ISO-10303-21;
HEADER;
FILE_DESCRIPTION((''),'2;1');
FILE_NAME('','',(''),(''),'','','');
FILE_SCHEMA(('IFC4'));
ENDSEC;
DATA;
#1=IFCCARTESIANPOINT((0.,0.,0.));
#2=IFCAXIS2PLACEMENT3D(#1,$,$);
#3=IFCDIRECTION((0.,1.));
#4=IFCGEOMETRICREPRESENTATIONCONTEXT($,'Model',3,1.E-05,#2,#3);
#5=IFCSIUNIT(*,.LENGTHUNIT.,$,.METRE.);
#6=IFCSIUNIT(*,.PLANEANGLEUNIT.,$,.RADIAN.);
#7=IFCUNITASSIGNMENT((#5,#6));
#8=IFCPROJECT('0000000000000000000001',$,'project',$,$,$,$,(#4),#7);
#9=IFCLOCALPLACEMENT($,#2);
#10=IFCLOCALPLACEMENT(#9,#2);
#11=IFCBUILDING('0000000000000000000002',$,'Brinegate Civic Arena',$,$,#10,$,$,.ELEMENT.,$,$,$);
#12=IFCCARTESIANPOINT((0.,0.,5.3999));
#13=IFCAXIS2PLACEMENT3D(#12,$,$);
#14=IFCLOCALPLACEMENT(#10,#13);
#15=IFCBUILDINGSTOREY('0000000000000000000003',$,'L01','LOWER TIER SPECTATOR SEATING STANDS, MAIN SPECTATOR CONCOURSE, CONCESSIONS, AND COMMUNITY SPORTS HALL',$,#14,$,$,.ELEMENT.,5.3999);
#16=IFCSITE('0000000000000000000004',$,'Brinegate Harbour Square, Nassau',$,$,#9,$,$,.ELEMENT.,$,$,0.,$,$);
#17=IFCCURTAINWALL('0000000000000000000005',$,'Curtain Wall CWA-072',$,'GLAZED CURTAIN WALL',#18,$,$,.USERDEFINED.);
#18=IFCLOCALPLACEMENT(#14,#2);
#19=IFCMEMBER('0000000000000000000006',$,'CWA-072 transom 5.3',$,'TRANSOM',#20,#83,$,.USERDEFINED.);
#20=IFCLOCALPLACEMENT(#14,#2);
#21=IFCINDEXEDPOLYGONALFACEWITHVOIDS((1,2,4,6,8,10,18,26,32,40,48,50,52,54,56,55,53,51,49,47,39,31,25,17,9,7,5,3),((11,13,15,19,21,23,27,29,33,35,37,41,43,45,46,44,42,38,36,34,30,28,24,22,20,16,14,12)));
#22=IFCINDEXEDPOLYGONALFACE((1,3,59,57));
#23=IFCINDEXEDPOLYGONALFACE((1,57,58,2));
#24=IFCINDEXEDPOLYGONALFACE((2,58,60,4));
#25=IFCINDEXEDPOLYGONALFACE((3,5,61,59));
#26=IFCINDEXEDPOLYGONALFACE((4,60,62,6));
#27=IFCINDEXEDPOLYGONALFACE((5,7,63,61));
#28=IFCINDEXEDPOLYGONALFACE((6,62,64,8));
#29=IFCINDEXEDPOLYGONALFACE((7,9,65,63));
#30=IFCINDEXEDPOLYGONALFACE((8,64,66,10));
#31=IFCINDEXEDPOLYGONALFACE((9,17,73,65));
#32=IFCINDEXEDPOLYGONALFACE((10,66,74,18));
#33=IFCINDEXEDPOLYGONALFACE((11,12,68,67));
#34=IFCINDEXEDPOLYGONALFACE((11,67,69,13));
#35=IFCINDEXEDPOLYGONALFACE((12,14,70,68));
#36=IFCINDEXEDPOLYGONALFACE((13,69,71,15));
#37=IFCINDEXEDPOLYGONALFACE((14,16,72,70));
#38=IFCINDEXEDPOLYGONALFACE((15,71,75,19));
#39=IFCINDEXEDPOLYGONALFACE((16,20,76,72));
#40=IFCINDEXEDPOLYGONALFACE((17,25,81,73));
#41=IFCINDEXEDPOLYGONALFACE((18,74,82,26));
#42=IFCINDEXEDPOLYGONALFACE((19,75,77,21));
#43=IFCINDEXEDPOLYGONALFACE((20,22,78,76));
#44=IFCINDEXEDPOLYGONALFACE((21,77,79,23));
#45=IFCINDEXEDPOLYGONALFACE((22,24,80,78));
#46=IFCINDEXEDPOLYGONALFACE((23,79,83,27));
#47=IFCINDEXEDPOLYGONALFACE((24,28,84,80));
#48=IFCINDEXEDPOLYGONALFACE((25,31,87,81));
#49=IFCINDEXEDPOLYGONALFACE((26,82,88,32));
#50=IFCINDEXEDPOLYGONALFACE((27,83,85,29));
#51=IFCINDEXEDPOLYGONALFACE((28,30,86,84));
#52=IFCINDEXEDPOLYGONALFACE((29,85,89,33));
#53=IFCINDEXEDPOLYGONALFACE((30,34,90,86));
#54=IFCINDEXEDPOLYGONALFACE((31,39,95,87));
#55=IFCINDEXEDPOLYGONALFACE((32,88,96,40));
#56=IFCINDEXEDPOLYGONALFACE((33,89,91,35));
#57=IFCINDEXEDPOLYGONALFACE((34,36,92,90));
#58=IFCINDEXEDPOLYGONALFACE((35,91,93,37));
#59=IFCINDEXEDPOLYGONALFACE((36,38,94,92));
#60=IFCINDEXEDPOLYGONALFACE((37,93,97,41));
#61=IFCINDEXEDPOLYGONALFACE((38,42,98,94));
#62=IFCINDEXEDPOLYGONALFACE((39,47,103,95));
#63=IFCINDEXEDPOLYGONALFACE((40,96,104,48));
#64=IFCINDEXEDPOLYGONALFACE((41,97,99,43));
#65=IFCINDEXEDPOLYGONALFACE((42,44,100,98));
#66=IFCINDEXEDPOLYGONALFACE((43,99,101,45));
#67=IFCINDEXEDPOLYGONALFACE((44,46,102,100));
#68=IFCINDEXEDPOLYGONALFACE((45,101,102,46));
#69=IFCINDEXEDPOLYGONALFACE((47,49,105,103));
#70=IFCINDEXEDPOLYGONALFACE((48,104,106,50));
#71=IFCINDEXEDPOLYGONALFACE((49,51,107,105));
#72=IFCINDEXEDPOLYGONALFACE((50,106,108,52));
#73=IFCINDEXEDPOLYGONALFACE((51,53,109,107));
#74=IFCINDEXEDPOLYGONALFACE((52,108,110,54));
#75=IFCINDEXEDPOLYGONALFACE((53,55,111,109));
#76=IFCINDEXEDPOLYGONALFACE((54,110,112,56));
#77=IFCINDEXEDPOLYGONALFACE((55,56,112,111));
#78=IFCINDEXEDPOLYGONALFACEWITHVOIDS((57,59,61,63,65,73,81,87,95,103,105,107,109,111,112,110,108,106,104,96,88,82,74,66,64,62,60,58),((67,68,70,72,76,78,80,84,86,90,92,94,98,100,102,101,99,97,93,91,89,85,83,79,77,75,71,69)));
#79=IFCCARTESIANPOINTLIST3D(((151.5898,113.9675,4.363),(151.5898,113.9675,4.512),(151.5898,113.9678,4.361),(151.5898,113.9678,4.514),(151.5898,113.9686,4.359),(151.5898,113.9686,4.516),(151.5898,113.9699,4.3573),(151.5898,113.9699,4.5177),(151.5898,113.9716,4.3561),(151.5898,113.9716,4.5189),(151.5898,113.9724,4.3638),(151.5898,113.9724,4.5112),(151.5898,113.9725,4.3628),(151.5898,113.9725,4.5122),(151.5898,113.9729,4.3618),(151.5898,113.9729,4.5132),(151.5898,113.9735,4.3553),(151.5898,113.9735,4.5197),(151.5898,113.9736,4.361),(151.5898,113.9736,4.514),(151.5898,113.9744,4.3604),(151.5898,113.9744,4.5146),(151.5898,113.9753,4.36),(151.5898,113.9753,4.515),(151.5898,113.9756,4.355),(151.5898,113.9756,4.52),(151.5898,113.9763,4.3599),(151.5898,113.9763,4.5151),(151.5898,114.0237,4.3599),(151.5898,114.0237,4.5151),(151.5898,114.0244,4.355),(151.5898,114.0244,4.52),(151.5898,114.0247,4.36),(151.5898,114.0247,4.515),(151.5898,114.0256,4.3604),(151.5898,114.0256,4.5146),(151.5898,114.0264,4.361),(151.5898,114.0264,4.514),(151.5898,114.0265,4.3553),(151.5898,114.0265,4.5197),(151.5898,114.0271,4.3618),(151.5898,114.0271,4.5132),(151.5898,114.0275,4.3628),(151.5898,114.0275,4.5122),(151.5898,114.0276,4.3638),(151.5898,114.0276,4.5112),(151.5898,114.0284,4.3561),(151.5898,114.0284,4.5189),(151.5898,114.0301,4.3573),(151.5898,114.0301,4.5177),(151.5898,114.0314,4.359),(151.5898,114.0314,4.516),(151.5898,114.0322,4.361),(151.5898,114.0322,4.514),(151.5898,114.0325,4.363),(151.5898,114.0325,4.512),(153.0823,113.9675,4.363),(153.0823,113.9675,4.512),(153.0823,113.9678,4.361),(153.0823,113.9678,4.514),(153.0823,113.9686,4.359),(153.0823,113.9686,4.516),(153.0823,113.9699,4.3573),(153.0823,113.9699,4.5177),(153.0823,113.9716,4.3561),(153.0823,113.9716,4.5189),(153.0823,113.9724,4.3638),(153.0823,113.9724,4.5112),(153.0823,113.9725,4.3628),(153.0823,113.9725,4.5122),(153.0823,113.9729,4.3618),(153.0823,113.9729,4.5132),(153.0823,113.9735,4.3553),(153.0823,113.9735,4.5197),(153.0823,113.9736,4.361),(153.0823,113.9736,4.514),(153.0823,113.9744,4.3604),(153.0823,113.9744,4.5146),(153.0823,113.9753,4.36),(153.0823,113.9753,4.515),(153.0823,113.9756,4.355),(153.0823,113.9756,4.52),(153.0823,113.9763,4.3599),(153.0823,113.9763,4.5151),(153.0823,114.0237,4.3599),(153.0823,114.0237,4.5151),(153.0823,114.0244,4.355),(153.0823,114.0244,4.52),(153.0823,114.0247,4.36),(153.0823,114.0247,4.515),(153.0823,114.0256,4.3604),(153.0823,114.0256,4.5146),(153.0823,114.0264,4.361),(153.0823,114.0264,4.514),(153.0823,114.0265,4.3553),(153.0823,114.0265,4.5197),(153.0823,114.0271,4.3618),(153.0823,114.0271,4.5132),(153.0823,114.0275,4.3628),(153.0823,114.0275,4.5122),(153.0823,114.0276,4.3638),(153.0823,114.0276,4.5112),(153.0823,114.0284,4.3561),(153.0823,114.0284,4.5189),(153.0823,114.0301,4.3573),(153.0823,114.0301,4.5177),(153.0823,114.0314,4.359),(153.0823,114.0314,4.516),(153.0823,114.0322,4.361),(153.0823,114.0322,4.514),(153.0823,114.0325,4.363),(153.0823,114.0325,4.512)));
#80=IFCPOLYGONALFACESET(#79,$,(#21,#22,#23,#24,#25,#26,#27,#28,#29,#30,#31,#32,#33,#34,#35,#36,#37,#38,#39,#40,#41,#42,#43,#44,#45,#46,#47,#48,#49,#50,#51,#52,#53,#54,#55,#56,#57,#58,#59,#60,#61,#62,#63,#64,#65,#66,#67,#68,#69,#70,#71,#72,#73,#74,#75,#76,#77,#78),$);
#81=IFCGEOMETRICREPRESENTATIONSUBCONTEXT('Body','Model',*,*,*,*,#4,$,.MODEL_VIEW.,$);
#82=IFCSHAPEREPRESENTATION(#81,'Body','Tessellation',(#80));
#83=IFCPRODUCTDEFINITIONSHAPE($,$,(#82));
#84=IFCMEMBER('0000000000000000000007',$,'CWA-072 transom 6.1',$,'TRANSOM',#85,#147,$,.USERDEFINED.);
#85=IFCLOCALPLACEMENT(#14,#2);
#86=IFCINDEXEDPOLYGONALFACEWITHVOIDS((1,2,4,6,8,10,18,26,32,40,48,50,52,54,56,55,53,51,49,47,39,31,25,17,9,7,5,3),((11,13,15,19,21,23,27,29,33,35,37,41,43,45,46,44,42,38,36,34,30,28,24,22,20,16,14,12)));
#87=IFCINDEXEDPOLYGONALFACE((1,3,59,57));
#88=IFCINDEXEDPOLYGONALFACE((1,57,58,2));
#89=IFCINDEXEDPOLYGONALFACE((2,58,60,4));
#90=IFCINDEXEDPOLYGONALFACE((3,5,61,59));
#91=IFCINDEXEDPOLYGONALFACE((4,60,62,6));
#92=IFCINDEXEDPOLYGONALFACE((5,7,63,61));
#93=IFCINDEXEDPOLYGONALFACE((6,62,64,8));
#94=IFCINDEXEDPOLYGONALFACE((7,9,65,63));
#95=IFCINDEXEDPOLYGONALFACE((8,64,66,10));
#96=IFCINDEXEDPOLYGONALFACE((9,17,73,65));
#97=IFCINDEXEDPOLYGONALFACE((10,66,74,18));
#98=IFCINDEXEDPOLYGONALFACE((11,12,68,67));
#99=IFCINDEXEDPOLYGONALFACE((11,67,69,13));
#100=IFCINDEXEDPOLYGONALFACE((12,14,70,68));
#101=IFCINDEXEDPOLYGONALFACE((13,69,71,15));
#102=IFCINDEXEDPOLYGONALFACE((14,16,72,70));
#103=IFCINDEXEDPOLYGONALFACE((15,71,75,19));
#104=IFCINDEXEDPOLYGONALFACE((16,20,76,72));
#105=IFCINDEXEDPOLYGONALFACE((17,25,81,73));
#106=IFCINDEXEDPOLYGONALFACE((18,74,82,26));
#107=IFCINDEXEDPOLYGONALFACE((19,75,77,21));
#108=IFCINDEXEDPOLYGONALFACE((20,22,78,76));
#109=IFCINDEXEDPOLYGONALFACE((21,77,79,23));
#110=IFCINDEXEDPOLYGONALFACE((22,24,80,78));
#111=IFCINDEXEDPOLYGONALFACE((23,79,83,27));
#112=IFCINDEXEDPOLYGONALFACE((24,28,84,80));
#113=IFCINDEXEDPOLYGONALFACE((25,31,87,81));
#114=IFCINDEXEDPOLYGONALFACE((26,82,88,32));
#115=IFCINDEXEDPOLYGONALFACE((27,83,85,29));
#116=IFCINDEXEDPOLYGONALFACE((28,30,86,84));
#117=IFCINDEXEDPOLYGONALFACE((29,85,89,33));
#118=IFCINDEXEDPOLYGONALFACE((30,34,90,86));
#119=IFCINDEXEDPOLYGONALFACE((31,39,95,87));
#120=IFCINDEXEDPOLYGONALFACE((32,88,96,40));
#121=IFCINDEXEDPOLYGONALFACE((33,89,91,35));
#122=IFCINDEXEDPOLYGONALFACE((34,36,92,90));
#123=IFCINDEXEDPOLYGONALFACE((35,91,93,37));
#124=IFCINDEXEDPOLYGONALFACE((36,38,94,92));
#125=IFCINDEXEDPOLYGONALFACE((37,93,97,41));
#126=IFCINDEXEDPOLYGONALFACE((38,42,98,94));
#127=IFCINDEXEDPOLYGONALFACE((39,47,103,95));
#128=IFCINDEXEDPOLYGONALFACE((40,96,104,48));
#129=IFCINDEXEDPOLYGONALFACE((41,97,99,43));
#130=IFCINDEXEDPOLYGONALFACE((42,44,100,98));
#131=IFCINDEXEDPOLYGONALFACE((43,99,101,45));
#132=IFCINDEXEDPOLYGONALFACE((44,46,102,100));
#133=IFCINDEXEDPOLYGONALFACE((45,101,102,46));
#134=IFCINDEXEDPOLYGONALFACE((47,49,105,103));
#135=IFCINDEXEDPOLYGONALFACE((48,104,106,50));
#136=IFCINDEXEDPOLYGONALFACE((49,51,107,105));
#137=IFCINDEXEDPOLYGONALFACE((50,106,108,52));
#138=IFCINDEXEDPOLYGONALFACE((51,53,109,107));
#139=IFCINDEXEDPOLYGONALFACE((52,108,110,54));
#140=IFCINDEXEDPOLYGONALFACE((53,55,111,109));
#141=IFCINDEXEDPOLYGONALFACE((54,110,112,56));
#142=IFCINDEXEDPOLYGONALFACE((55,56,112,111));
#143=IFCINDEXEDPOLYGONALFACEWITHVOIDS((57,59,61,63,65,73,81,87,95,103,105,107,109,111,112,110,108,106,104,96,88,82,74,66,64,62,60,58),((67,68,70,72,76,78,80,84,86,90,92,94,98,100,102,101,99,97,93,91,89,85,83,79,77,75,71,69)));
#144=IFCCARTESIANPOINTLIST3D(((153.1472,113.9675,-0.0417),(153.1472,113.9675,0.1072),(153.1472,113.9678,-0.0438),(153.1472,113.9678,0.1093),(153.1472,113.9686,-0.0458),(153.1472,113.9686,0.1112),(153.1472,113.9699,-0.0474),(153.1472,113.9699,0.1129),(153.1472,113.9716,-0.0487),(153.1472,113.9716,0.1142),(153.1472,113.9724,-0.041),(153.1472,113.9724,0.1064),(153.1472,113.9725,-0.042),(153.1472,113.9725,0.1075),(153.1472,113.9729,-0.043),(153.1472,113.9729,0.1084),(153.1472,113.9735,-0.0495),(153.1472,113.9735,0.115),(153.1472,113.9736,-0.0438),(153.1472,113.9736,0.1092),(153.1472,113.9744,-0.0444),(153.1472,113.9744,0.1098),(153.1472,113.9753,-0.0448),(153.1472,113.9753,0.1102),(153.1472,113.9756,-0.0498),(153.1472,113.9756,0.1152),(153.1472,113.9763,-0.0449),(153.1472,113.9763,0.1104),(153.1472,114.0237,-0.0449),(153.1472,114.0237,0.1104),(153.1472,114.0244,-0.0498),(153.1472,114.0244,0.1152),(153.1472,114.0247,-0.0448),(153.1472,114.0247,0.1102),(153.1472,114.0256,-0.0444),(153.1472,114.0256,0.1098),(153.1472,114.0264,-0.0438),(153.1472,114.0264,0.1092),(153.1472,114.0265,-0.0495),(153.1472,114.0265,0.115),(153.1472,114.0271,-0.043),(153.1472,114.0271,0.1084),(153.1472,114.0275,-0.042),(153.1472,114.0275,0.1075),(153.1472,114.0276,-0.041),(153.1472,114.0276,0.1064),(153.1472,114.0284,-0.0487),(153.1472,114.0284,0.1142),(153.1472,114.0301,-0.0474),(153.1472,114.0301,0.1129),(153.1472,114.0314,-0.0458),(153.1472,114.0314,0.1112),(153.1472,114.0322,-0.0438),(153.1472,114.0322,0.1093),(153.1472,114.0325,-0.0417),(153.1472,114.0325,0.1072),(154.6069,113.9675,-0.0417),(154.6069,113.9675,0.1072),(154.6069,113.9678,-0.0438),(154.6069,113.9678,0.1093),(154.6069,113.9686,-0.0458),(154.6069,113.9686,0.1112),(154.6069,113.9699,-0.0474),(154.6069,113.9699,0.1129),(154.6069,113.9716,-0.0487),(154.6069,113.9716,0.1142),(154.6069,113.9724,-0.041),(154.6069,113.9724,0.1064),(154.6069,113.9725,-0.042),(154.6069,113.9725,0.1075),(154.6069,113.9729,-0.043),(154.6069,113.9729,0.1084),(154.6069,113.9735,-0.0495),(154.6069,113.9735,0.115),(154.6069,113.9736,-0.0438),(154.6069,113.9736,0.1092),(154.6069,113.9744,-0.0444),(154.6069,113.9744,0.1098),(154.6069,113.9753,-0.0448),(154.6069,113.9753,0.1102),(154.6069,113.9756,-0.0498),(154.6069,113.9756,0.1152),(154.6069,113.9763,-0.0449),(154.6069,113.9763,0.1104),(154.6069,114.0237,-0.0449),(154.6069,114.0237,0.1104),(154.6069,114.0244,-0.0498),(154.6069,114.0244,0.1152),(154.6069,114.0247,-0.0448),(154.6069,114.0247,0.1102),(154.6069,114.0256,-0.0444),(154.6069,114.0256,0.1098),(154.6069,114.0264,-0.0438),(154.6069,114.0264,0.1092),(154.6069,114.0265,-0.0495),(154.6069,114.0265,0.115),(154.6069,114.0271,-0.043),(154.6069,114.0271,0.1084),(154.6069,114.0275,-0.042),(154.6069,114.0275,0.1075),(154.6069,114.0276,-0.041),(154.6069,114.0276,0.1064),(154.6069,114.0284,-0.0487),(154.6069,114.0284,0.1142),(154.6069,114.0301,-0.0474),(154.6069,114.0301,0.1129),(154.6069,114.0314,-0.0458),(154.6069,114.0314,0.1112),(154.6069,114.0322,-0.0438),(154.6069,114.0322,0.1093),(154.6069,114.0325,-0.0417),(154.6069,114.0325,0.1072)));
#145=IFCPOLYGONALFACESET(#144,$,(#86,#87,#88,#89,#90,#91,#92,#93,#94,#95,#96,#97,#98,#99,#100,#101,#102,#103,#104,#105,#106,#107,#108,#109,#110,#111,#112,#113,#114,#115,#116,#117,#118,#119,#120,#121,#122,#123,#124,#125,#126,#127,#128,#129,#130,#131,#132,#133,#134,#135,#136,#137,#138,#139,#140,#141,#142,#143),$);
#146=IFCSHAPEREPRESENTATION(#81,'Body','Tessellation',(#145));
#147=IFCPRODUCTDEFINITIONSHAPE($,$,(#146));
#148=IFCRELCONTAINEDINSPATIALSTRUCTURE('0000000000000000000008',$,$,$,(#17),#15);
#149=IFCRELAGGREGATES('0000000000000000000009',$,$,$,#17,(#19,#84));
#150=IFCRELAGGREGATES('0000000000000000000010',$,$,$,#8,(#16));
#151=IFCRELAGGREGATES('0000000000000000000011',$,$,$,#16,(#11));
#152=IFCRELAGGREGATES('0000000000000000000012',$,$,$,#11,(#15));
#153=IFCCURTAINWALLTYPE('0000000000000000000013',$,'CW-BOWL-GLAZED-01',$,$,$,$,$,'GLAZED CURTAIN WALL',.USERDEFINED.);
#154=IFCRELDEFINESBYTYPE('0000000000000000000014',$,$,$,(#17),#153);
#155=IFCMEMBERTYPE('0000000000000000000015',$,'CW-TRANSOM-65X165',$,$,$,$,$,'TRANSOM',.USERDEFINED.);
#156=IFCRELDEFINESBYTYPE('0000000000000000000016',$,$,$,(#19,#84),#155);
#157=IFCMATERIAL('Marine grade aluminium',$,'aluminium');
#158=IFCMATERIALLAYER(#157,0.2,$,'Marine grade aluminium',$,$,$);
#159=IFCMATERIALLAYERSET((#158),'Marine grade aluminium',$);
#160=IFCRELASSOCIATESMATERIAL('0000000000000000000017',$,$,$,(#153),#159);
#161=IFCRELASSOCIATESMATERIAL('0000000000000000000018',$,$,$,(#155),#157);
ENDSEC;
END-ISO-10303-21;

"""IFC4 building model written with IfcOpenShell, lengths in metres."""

from ifc_helpers import new_model, si_unit, direction, frame, origin, origin_2d, place, context, subcontext, project, spatial, hollow_rectangle, extrude, material, layer, layer_set, material_profile, profile_set, type_object, element, aggregate, save


model = new_model("IFC4")

# Units and contexts
model_context = context("Model", 3, precision=1e-05, world=origin(), true_north=direction((0.0, 1.0)))
body_context = subcontext(model_context, "Body", "Model", "MODEL_VIEW")
ifc_project = project(units=[si_unit("LENGTHUNIT", "METRE"), si_unit("PLANEANGLEUNIT", "RADIAN")], contexts=[model_context])

# Site, building, storey
site_placement = place(None, origin())
site = spatial("IfcSite", under=ifc_project, at=site_placement, Name="Brinegate Harbour Square, Nassau", CompositionType="ELEMENT", RefElevation=0.0)
building_placement = place(site_placement, origin())
building = spatial("IfcBuilding", under=site, at=building_placement, Name="Brinegate Civic Arena", CompositionType="ELEMENT")
storey_placement = place(building_placement, frame((0.0, 0.0, 5.3999)))
storey = spatial("IfcBuildingStorey", under=building, at=storey_placement, Name="L01", Description="LOWER TIER SPECTATOR SEATING STANDS, MAIN SPECTATOR CONCOURSE, CONCESSIONS, AND COMMUNITY SPORTS HALL", CompositionType="ELEMENT", Elevation=5.3999)

# Curtain wall, members
ifc_material_1 = material(Name="Marine grade aluminium", Category="aluminium")
ifc_layer_1 = layer(ifc_material_1, 0.2, Name="Marine grade aluminium")
ifc_layer_set_1 = layer_set([ifc_layer_1], Name="Marine grade aluminium")
curtain_wall_type = type_object("IfcCurtainWallType", Name="CW-BOWL-GLAZED-01", ElementType="GLAZED CURTAIN WALL", PredefinedType="USERDEFINED", material=ifc_layer_set_1)
curtain_wall_placement = place(storey_placement, origin())
curtain_wall = element("IfcCurtainWall", 1, at=curtain_wall_placement, inside=storey, type_object=curtain_wall_type, Name="Curtain Wall CWA-072", ObjectType="GLAZED CURTAIN WALL", PredefinedType="USERDEFINED")
ifc_material_profile_1 = material_profile(ifc_material_1, hollow_rectangle(XDim=0.0649, YDim=0.165, WallThickness=0.0049, InnerFilletRadius=0.0039, OuterFilletRadius=0.0081, at=origin_2d()), Name="TRN65X165")
ifc_profile_set_1 = profile_set([ifc_material_profile_1], Name="Marine grade aluminium")
member_type_1 = type_object("IfcMemberType", Name="CW-TRANSOM-65X165", ElementType="TRANSOM", PredefinedType="USERDEFINED", material=ifc_profile_set_1)
member_1_placement = place(storey_placement, frame((151.5898, 114.0, 4.4375), z_axis=(1.0, 0.0, 0.0), x_axis=(0.0, 1.0, 0.0)))
member_1 = element("IfcMember", 2, at=member_1_placement, type_object=member_type_1, Name="CWA-072 transom 5.3", ObjectType="TRANSOM", PredefinedType="USERDEFINED", context=body_context, shape_type="SweptSolid", body=[
    extrude(hollow_rectangle(XDim=0.0649, YDim=0.165, WallThickness=0.0049, InnerFilletRadius=0.0039, OuterFilletRadius=0.0081, at=origin_2d()), origin(), (0.0, 0.0, 1.0), 1.4924),
])
member_2_placement = place(storey_placement, frame((153.1472, 114.0, 0.0327), z_axis=(1.0, 0.0, 0.0), x_axis=(0.0, 1.0, 0.0)))
member_2 = element("IfcMember", 3, at=member_2_placement, type_object=member_type_1, Name="CWA-072 transom 6.1", ObjectType="TRANSOM", PredefinedType="USERDEFINED", context=body_context, shape_type="SweptSolid", body=[
    extrude(hollow_rectangle(XDim=0.0649, YDim=0.165, WallThickness=0.0049, InnerFilletRadius=0.0039, OuterFilletRadius=0.0081, at=origin_2d()), origin(), (0.0, 0.0, 1.0), 1.4597),
])

aggregate(curtain_wall, [member_1, member_2])

save(model, "model.ifc")
